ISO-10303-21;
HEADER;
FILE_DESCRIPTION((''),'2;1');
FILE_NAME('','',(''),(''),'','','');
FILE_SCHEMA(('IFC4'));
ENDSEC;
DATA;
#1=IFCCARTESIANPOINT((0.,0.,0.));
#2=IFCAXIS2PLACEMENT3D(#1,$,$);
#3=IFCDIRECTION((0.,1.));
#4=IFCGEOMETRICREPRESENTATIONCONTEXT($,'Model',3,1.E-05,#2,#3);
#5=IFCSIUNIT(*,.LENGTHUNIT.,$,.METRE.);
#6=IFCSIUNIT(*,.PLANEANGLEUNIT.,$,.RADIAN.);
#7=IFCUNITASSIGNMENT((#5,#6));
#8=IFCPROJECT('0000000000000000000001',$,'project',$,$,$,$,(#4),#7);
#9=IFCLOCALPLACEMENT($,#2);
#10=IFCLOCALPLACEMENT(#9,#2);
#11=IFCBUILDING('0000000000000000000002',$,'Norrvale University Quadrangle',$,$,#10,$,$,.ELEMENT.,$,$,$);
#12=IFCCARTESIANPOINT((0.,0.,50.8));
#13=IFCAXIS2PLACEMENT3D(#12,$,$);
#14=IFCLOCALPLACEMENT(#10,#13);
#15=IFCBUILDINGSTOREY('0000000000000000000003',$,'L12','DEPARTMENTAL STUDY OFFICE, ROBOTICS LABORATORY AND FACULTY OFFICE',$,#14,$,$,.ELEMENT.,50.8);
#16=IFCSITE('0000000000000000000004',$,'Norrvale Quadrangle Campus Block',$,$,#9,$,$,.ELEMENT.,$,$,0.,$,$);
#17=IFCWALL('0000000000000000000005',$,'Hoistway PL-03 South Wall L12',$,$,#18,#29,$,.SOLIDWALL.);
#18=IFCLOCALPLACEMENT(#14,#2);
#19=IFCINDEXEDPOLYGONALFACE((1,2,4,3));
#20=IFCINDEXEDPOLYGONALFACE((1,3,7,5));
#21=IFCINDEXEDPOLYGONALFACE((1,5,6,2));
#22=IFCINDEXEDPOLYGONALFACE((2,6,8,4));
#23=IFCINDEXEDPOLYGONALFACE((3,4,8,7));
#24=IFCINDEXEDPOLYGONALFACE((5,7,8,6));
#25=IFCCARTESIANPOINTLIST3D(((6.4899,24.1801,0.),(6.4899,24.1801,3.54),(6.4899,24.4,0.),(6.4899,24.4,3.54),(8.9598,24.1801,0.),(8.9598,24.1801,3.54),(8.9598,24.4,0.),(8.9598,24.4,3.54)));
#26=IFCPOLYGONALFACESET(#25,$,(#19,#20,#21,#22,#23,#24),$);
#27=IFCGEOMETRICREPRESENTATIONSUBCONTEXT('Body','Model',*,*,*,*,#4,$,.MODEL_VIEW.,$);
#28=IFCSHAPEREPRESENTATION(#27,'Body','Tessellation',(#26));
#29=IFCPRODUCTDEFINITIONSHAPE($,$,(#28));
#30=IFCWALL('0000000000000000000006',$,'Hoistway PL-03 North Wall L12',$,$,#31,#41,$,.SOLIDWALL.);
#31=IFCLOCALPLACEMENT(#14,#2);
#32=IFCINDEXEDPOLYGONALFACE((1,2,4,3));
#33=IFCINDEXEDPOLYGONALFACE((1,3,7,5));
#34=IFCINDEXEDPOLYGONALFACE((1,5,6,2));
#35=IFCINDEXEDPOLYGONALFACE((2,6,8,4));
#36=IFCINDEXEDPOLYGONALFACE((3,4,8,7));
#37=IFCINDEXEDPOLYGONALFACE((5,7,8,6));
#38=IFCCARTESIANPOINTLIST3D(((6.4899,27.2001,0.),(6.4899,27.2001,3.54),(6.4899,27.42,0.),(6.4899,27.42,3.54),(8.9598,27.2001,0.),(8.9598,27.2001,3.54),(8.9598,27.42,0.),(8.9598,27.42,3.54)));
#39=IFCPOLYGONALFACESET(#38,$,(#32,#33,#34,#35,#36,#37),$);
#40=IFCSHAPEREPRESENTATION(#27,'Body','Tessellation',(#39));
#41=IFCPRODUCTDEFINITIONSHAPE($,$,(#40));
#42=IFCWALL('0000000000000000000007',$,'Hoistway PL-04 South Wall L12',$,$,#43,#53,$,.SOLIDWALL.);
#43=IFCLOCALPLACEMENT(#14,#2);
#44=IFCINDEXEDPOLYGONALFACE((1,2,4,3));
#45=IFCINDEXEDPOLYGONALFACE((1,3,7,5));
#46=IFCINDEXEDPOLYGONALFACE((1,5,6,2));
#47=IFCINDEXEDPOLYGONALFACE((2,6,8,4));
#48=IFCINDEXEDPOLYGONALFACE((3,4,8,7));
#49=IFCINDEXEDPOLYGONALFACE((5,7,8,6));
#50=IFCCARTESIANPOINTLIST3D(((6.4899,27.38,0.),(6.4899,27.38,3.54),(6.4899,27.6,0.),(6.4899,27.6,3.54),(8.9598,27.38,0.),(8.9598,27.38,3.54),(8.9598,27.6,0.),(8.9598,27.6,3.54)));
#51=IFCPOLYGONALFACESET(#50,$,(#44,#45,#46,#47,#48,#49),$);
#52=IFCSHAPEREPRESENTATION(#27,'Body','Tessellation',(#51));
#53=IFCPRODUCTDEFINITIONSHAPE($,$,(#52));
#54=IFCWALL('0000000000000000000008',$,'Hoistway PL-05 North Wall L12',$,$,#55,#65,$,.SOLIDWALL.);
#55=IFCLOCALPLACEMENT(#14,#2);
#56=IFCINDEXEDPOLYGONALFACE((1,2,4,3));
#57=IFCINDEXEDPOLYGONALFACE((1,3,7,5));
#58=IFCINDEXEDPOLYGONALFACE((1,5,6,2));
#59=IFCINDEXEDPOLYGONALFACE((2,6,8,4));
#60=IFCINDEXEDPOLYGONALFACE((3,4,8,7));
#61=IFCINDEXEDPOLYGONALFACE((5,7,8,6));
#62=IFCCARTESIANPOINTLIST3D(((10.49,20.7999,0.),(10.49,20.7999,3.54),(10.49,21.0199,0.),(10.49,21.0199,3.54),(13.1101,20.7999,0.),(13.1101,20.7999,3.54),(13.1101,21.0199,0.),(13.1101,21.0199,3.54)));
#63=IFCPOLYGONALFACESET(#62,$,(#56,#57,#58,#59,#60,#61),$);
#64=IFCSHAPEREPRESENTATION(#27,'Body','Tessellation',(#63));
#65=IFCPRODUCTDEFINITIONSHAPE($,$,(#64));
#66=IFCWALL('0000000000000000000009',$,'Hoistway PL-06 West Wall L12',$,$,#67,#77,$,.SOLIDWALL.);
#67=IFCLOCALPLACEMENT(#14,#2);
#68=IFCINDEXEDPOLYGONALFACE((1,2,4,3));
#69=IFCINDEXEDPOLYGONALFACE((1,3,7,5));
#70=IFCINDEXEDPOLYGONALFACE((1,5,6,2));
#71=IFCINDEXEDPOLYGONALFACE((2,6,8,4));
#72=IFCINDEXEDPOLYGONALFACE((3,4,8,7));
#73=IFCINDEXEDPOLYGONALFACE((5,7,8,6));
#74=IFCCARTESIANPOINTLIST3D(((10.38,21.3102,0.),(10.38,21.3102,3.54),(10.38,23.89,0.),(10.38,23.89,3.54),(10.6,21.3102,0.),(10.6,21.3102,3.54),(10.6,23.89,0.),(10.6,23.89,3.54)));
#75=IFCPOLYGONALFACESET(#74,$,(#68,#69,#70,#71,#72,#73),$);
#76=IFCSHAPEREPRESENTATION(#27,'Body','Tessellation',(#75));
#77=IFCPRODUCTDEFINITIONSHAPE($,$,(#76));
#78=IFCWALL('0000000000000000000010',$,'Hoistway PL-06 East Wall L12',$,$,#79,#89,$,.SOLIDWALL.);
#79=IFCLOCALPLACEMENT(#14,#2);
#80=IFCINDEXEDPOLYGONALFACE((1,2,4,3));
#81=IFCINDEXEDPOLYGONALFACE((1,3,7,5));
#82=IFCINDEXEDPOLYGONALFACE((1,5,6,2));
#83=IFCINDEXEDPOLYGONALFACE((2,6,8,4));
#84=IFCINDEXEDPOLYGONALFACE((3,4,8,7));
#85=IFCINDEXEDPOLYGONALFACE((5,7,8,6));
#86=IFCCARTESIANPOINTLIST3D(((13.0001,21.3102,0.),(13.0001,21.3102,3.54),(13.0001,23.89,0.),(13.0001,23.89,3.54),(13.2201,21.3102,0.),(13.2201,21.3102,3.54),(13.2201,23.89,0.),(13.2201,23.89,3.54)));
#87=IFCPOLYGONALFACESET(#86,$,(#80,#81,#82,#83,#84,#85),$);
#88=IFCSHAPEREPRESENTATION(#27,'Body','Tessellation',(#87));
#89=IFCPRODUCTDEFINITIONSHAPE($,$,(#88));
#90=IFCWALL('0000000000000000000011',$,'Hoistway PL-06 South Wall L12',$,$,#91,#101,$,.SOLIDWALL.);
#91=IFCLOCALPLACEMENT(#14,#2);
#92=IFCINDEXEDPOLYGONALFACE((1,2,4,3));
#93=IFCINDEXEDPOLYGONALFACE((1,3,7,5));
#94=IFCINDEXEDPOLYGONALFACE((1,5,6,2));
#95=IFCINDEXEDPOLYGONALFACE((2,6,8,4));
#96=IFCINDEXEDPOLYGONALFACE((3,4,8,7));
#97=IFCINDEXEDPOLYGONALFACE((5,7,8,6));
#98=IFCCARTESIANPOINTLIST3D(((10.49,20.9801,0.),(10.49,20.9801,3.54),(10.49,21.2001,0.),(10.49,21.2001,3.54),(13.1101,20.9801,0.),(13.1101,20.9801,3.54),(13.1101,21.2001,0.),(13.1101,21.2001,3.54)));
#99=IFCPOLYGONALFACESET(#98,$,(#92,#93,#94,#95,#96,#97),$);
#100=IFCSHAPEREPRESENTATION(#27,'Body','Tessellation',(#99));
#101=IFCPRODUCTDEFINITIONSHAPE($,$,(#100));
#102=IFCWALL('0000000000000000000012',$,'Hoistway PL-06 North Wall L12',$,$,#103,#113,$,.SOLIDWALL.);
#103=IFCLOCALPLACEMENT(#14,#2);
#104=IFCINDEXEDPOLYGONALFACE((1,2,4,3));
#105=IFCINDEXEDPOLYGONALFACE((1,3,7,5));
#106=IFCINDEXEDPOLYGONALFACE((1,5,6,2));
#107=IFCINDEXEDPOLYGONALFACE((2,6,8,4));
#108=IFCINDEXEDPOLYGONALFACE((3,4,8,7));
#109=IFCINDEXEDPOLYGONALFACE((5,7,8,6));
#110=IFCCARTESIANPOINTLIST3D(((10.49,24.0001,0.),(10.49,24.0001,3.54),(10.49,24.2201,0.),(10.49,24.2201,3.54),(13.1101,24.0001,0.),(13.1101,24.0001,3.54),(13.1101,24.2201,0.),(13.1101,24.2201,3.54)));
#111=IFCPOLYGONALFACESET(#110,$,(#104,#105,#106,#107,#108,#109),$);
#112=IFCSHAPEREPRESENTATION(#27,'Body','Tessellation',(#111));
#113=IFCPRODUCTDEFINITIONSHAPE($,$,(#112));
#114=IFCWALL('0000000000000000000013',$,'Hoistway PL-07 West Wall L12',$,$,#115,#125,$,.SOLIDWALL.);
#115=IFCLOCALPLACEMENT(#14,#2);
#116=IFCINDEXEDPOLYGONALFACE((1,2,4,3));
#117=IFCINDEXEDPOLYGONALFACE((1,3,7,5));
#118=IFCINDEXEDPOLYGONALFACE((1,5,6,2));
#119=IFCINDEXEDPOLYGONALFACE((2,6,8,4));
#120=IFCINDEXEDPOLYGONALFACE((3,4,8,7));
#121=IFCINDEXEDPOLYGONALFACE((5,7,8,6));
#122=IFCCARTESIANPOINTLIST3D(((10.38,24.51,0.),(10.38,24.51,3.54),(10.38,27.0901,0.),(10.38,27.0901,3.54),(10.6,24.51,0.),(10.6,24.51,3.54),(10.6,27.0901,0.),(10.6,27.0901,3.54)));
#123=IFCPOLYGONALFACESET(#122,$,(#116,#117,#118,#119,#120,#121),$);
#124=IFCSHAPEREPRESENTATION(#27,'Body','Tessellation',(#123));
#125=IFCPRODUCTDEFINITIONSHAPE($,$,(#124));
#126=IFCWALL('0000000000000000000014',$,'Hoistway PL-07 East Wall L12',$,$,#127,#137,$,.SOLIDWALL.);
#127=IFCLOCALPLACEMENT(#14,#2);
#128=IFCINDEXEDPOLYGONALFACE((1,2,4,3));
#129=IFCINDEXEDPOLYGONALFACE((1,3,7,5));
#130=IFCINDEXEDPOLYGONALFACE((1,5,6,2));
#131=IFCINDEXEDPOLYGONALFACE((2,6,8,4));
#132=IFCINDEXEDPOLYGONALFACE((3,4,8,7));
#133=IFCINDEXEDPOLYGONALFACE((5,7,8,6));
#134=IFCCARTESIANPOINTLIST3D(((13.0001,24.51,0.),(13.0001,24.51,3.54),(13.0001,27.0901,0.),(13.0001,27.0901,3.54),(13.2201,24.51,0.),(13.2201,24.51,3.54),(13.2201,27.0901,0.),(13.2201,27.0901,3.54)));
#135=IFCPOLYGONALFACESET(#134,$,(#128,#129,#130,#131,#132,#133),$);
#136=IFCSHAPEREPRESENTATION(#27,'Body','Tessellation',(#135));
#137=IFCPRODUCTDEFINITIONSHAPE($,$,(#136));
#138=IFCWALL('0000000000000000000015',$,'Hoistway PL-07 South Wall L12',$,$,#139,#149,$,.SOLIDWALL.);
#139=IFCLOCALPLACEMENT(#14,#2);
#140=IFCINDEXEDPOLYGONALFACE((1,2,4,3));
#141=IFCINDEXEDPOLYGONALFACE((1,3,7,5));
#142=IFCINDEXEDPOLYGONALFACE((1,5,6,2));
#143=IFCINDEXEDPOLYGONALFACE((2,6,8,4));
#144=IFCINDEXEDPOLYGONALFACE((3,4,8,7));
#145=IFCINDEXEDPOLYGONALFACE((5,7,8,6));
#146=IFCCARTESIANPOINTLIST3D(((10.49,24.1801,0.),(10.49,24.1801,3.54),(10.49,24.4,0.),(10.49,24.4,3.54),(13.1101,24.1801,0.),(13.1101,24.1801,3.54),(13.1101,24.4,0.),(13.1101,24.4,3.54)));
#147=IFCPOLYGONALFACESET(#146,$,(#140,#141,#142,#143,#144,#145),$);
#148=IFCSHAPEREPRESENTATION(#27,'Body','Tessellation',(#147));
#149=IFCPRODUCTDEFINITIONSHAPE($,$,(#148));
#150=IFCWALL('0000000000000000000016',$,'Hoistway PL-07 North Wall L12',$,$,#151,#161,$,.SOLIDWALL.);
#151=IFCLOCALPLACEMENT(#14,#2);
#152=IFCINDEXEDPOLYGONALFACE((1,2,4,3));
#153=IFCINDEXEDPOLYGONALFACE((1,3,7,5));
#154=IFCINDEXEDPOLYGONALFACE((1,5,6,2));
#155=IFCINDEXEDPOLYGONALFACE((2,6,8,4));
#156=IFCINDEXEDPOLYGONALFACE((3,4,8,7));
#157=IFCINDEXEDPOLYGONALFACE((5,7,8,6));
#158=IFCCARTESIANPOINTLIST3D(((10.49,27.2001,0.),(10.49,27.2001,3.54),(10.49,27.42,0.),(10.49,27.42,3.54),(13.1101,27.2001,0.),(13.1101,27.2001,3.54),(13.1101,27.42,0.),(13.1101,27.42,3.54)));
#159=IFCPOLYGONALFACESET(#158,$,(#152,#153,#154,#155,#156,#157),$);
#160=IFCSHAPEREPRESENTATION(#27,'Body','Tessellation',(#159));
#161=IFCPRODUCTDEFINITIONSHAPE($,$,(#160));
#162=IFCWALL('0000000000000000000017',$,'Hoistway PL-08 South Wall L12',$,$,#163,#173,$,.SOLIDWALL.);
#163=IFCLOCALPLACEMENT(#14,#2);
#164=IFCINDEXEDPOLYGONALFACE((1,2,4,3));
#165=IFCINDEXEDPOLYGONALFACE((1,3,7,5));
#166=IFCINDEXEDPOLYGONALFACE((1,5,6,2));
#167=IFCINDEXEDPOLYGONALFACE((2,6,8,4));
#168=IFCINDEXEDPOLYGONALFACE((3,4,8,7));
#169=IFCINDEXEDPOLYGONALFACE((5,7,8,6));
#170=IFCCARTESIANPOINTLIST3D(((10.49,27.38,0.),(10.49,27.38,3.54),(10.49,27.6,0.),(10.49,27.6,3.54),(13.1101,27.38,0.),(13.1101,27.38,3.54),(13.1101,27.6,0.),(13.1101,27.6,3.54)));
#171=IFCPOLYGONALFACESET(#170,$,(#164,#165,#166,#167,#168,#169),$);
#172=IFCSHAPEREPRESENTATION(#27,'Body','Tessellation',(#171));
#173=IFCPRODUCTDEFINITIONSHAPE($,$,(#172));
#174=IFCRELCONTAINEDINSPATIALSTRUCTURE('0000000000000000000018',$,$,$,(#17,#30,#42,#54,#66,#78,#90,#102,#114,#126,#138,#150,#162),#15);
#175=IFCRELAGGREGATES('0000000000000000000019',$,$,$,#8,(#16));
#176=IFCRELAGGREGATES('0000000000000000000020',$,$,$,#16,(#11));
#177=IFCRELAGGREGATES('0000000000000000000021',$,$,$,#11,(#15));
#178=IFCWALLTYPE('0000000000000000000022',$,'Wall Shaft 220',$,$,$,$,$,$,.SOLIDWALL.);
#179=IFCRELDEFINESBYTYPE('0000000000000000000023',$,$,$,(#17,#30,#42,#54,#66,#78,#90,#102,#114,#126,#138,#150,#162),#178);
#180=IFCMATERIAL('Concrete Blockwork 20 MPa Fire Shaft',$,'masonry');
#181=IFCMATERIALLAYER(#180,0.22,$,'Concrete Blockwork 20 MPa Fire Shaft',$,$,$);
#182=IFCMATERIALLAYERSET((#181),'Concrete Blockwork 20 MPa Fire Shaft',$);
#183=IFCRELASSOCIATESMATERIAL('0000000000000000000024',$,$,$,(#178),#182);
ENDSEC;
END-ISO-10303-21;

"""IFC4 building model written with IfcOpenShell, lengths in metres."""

from ifc_helpers import new_model, si_unit, direction, frame, frame_2d, origin, place, context, subcontext, project, spatial, rectangle, extrude, material, layer, layer_set, type_object, element, save


model = new_model("IFC4")

# Units and contexts
model_context = context("Model", 3, precision=1e-05, world=origin(), true_north=direction((0.0, 1.0)))
body_context = subcontext(model_context, "Body", "Model", "MODEL_VIEW")
ifc_project = project(units=[si_unit("LENGTHUNIT", "METRE"), si_unit("PLANEANGLEUNIT", "RADIAN")], contexts=[model_context])

# Site, building, storey
site_placement = place(None, origin())
site = spatial("IfcSite", under=ifc_project, at=site_placement, Name="Norrvale Quadrangle Campus Block", CompositionType="ELEMENT", RefElevation=0.0)
building_placement = place(site_placement, origin())
building = spatial("IfcBuilding", under=site, at=building_placement, Name="Norrvale University Quadrangle", CompositionType="ELEMENT")
storey_placement = place(building_placement, frame((0.0, 0.0, 50.8)))
storey = spatial("IfcBuildingStorey", under=building, at=storey_placement, Name="L12", Description="DEPARTMENTAL STUDY OFFICE, ROBOTICS LABORATORY AND FACULTY OFFICE", CompositionType="ELEMENT", Elevation=50.8)

# Shared definitions
ifc_material_1 = material(Name="Concrete Blockwork 20 MPa Fire Shaft", Category="masonry")
ifc_layer_1 = layer(ifc_material_1, 0.22, Name="Concrete Blockwork 20 MPa Fire Shaft")
ifc_layer_set_1 = layer_set([ifc_layer_1], Name="Concrete Blockwork 20 MPa Fire Shaft")
wall_type_1 = type_object("IfcWallType", Name="Wall Shaft 220", PredefinedType="SOLIDWALL", material=ifc_layer_set_1)

# Walls
for number, where, z_axis, x_axis, name in (
    (1, (6.49, 24.29, 0.0), (0.0, 0.0, 1.0), (1.0, 0.0, 0.0), "Hoistway PL-03 South Wall L12"),
    (2, (6.49, 27.3101, 0.0), (0.0, 0.0, 1.0), (1.0, 0.0, 0.0), "Hoistway PL-03 North Wall L12"),
    (3, (6.49, 27.49, 0.0), (0.0, 0.0, 1.0), (1.0, 0.0, 0.0), "Hoistway PL-04 South Wall L12"),
):
    element("IfcWall", number, at=place(storey_placement, frame(where, z_axis=z_axis, x_axis=x_axis)), inside=storey, type_object=wall_type_1, Name=name, PredefinedType="SOLIDWALL", context=body_context, shape_type="SweptSolid", body=[
        extrude(rectangle(XDim=2.47, YDim=0.22, at=frame_2d((1.2349, 0.0))), origin(), (0.0, 0.0, 1.0), 3.54),
    ])
wall_1_placement = place(storey_placement, frame((10.49, 20.9099, 0.0), z_axis=(0.0, 0.0, 1.0), x_axis=(1.0, 0.0, 0.0)))
element("IfcWall", 4, at=wall_1_placement, inside=storey, type_object=wall_type_1, Name="Hoistway PL-05 North Wall L12", PredefinedType="SOLIDWALL", context=body_context, shape_type="SweptSolid", body=[
    extrude(rectangle(XDim=2.6201, YDim=0.22, at=frame_2d((1.3101, 0.0))), origin(), (0.0, 0.0, 1.0), 3.54),
])
for number, where, z_axis, x_axis, name in (
    (5, (10.49, 21.3101, 0.0), (0.0, 0.0, 1.0), (0.0, 1.0, 0.0), "Hoistway PL-06 West Wall L12"),
    (6, (13.1101, 21.3101, 0.0), (0.0, 0.0, 1.0), (0.0, 1.0, 0.0), "Hoistway PL-06 East Wall L12"),
):
    element("IfcWall", number, at=place(storey_placement, frame(where, z_axis=z_axis, x_axis=x_axis)), inside=storey, type_object=wall_type_1, Name=name, PredefinedType="SOLIDWALL", context=body_context, shape_type="SweptSolid", body=[
        extrude(rectangle(XDim=2.5798, YDim=0.22, at=frame_2d((1.29, 0.0))), origin(), (0.0, 0.0, 1.0), 3.54),
    ])
for number, where, z_axis, x_axis, name in (
    (7, (10.49, 21.0901, 0.0), (0.0, 0.0, 1.0), (1.0, 0.0, 0.0), "Hoistway PL-06 South Wall L12"),
    (8, (10.49, 24.1101, 0.0), (0.0, 0.0, 1.0), (1.0, 0.0, 0.0), "Hoistway PL-06 North Wall L12"),
):
    element("IfcWall", number, at=place(storey_placement, frame(where, z_axis=z_axis, x_axis=x_axis)), inside=storey, type_object=wall_type_1, Name=name, PredefinedType="SOLIDWALL", context=body_context, shape_type="SweptSolid", body=[
        extrude(rectangle(XDim=2.6201, YDim=0.22, at=frame_2d((1.3101, 0.0))), origin(), (0.0, 0.0, 1.0), 3.54),
    ])
for number, where, z_axis, x_axis, name in (
    (9, (10.49, 24.51, 0.0), (0.0, 0.0, 1.0), (0.0, 1.0, 0.0), "Hoistway PL-07 West Wall L12"),
    (10, (13.1101, 24.51, 0.0), (0.0, 0.0, 1.0), (0.0, 1.0, 0.0), "Hoistway PL-07 East Wall L12"),
):
    element("IfcWall", number, at=place(storey_placement, frame(where, z_axis=z_axis, x_axis=x_axis)), inside=storey, type_object=wall_type_1, Name=name, PredefinedType="SOLIDWALL", context=body_context, shape_type="SweptSolid", body=[
        extrude(rectangle(XDim=2.5801, YDim=0.22, at=frame_2d((1.29, 0.0))), origin(), (0.0, 0.0, 1.0), 3.54),
    ])
for number, where, z_axis, x_axis, name in (
    (11, (10.49, 24.29, 0.0), (0.0, 0.0, 1.0), (1.0, 0.0, 0.0), "Hoistway PL-07 South Wall L12"),
    (12, (10.49, 27.3101, 0.0), (0.0, 0.0, 1.0), (1.0, 0.0, 0.0), "Hoistway PL-07 North Wall L12"),
    (13, (10.49, 27.49, 0.0), (0.0, 0.0, 1.0), (1.0, 0.0, 0.0), "Hoistway PL-08 South Wall L12"),
):
    element("IfcWall", number, at=place(storey_placement, frame(where, z_axis=z_axis, x_axis=x_axis)), inside=storey, type_object=wall_type_1, Name=name, PredefinedType="SOLIDWALL", context=body_context, shape_type="SweptSolid", body=[
        extrude(rectangle(XDim=2.6201, YDim=0.22, at=frame_2d((1.3101, 0.0))), origin(), (0.0, 0.0, 1.0), 3.54),
    ])

save(model, "model.ifc")
